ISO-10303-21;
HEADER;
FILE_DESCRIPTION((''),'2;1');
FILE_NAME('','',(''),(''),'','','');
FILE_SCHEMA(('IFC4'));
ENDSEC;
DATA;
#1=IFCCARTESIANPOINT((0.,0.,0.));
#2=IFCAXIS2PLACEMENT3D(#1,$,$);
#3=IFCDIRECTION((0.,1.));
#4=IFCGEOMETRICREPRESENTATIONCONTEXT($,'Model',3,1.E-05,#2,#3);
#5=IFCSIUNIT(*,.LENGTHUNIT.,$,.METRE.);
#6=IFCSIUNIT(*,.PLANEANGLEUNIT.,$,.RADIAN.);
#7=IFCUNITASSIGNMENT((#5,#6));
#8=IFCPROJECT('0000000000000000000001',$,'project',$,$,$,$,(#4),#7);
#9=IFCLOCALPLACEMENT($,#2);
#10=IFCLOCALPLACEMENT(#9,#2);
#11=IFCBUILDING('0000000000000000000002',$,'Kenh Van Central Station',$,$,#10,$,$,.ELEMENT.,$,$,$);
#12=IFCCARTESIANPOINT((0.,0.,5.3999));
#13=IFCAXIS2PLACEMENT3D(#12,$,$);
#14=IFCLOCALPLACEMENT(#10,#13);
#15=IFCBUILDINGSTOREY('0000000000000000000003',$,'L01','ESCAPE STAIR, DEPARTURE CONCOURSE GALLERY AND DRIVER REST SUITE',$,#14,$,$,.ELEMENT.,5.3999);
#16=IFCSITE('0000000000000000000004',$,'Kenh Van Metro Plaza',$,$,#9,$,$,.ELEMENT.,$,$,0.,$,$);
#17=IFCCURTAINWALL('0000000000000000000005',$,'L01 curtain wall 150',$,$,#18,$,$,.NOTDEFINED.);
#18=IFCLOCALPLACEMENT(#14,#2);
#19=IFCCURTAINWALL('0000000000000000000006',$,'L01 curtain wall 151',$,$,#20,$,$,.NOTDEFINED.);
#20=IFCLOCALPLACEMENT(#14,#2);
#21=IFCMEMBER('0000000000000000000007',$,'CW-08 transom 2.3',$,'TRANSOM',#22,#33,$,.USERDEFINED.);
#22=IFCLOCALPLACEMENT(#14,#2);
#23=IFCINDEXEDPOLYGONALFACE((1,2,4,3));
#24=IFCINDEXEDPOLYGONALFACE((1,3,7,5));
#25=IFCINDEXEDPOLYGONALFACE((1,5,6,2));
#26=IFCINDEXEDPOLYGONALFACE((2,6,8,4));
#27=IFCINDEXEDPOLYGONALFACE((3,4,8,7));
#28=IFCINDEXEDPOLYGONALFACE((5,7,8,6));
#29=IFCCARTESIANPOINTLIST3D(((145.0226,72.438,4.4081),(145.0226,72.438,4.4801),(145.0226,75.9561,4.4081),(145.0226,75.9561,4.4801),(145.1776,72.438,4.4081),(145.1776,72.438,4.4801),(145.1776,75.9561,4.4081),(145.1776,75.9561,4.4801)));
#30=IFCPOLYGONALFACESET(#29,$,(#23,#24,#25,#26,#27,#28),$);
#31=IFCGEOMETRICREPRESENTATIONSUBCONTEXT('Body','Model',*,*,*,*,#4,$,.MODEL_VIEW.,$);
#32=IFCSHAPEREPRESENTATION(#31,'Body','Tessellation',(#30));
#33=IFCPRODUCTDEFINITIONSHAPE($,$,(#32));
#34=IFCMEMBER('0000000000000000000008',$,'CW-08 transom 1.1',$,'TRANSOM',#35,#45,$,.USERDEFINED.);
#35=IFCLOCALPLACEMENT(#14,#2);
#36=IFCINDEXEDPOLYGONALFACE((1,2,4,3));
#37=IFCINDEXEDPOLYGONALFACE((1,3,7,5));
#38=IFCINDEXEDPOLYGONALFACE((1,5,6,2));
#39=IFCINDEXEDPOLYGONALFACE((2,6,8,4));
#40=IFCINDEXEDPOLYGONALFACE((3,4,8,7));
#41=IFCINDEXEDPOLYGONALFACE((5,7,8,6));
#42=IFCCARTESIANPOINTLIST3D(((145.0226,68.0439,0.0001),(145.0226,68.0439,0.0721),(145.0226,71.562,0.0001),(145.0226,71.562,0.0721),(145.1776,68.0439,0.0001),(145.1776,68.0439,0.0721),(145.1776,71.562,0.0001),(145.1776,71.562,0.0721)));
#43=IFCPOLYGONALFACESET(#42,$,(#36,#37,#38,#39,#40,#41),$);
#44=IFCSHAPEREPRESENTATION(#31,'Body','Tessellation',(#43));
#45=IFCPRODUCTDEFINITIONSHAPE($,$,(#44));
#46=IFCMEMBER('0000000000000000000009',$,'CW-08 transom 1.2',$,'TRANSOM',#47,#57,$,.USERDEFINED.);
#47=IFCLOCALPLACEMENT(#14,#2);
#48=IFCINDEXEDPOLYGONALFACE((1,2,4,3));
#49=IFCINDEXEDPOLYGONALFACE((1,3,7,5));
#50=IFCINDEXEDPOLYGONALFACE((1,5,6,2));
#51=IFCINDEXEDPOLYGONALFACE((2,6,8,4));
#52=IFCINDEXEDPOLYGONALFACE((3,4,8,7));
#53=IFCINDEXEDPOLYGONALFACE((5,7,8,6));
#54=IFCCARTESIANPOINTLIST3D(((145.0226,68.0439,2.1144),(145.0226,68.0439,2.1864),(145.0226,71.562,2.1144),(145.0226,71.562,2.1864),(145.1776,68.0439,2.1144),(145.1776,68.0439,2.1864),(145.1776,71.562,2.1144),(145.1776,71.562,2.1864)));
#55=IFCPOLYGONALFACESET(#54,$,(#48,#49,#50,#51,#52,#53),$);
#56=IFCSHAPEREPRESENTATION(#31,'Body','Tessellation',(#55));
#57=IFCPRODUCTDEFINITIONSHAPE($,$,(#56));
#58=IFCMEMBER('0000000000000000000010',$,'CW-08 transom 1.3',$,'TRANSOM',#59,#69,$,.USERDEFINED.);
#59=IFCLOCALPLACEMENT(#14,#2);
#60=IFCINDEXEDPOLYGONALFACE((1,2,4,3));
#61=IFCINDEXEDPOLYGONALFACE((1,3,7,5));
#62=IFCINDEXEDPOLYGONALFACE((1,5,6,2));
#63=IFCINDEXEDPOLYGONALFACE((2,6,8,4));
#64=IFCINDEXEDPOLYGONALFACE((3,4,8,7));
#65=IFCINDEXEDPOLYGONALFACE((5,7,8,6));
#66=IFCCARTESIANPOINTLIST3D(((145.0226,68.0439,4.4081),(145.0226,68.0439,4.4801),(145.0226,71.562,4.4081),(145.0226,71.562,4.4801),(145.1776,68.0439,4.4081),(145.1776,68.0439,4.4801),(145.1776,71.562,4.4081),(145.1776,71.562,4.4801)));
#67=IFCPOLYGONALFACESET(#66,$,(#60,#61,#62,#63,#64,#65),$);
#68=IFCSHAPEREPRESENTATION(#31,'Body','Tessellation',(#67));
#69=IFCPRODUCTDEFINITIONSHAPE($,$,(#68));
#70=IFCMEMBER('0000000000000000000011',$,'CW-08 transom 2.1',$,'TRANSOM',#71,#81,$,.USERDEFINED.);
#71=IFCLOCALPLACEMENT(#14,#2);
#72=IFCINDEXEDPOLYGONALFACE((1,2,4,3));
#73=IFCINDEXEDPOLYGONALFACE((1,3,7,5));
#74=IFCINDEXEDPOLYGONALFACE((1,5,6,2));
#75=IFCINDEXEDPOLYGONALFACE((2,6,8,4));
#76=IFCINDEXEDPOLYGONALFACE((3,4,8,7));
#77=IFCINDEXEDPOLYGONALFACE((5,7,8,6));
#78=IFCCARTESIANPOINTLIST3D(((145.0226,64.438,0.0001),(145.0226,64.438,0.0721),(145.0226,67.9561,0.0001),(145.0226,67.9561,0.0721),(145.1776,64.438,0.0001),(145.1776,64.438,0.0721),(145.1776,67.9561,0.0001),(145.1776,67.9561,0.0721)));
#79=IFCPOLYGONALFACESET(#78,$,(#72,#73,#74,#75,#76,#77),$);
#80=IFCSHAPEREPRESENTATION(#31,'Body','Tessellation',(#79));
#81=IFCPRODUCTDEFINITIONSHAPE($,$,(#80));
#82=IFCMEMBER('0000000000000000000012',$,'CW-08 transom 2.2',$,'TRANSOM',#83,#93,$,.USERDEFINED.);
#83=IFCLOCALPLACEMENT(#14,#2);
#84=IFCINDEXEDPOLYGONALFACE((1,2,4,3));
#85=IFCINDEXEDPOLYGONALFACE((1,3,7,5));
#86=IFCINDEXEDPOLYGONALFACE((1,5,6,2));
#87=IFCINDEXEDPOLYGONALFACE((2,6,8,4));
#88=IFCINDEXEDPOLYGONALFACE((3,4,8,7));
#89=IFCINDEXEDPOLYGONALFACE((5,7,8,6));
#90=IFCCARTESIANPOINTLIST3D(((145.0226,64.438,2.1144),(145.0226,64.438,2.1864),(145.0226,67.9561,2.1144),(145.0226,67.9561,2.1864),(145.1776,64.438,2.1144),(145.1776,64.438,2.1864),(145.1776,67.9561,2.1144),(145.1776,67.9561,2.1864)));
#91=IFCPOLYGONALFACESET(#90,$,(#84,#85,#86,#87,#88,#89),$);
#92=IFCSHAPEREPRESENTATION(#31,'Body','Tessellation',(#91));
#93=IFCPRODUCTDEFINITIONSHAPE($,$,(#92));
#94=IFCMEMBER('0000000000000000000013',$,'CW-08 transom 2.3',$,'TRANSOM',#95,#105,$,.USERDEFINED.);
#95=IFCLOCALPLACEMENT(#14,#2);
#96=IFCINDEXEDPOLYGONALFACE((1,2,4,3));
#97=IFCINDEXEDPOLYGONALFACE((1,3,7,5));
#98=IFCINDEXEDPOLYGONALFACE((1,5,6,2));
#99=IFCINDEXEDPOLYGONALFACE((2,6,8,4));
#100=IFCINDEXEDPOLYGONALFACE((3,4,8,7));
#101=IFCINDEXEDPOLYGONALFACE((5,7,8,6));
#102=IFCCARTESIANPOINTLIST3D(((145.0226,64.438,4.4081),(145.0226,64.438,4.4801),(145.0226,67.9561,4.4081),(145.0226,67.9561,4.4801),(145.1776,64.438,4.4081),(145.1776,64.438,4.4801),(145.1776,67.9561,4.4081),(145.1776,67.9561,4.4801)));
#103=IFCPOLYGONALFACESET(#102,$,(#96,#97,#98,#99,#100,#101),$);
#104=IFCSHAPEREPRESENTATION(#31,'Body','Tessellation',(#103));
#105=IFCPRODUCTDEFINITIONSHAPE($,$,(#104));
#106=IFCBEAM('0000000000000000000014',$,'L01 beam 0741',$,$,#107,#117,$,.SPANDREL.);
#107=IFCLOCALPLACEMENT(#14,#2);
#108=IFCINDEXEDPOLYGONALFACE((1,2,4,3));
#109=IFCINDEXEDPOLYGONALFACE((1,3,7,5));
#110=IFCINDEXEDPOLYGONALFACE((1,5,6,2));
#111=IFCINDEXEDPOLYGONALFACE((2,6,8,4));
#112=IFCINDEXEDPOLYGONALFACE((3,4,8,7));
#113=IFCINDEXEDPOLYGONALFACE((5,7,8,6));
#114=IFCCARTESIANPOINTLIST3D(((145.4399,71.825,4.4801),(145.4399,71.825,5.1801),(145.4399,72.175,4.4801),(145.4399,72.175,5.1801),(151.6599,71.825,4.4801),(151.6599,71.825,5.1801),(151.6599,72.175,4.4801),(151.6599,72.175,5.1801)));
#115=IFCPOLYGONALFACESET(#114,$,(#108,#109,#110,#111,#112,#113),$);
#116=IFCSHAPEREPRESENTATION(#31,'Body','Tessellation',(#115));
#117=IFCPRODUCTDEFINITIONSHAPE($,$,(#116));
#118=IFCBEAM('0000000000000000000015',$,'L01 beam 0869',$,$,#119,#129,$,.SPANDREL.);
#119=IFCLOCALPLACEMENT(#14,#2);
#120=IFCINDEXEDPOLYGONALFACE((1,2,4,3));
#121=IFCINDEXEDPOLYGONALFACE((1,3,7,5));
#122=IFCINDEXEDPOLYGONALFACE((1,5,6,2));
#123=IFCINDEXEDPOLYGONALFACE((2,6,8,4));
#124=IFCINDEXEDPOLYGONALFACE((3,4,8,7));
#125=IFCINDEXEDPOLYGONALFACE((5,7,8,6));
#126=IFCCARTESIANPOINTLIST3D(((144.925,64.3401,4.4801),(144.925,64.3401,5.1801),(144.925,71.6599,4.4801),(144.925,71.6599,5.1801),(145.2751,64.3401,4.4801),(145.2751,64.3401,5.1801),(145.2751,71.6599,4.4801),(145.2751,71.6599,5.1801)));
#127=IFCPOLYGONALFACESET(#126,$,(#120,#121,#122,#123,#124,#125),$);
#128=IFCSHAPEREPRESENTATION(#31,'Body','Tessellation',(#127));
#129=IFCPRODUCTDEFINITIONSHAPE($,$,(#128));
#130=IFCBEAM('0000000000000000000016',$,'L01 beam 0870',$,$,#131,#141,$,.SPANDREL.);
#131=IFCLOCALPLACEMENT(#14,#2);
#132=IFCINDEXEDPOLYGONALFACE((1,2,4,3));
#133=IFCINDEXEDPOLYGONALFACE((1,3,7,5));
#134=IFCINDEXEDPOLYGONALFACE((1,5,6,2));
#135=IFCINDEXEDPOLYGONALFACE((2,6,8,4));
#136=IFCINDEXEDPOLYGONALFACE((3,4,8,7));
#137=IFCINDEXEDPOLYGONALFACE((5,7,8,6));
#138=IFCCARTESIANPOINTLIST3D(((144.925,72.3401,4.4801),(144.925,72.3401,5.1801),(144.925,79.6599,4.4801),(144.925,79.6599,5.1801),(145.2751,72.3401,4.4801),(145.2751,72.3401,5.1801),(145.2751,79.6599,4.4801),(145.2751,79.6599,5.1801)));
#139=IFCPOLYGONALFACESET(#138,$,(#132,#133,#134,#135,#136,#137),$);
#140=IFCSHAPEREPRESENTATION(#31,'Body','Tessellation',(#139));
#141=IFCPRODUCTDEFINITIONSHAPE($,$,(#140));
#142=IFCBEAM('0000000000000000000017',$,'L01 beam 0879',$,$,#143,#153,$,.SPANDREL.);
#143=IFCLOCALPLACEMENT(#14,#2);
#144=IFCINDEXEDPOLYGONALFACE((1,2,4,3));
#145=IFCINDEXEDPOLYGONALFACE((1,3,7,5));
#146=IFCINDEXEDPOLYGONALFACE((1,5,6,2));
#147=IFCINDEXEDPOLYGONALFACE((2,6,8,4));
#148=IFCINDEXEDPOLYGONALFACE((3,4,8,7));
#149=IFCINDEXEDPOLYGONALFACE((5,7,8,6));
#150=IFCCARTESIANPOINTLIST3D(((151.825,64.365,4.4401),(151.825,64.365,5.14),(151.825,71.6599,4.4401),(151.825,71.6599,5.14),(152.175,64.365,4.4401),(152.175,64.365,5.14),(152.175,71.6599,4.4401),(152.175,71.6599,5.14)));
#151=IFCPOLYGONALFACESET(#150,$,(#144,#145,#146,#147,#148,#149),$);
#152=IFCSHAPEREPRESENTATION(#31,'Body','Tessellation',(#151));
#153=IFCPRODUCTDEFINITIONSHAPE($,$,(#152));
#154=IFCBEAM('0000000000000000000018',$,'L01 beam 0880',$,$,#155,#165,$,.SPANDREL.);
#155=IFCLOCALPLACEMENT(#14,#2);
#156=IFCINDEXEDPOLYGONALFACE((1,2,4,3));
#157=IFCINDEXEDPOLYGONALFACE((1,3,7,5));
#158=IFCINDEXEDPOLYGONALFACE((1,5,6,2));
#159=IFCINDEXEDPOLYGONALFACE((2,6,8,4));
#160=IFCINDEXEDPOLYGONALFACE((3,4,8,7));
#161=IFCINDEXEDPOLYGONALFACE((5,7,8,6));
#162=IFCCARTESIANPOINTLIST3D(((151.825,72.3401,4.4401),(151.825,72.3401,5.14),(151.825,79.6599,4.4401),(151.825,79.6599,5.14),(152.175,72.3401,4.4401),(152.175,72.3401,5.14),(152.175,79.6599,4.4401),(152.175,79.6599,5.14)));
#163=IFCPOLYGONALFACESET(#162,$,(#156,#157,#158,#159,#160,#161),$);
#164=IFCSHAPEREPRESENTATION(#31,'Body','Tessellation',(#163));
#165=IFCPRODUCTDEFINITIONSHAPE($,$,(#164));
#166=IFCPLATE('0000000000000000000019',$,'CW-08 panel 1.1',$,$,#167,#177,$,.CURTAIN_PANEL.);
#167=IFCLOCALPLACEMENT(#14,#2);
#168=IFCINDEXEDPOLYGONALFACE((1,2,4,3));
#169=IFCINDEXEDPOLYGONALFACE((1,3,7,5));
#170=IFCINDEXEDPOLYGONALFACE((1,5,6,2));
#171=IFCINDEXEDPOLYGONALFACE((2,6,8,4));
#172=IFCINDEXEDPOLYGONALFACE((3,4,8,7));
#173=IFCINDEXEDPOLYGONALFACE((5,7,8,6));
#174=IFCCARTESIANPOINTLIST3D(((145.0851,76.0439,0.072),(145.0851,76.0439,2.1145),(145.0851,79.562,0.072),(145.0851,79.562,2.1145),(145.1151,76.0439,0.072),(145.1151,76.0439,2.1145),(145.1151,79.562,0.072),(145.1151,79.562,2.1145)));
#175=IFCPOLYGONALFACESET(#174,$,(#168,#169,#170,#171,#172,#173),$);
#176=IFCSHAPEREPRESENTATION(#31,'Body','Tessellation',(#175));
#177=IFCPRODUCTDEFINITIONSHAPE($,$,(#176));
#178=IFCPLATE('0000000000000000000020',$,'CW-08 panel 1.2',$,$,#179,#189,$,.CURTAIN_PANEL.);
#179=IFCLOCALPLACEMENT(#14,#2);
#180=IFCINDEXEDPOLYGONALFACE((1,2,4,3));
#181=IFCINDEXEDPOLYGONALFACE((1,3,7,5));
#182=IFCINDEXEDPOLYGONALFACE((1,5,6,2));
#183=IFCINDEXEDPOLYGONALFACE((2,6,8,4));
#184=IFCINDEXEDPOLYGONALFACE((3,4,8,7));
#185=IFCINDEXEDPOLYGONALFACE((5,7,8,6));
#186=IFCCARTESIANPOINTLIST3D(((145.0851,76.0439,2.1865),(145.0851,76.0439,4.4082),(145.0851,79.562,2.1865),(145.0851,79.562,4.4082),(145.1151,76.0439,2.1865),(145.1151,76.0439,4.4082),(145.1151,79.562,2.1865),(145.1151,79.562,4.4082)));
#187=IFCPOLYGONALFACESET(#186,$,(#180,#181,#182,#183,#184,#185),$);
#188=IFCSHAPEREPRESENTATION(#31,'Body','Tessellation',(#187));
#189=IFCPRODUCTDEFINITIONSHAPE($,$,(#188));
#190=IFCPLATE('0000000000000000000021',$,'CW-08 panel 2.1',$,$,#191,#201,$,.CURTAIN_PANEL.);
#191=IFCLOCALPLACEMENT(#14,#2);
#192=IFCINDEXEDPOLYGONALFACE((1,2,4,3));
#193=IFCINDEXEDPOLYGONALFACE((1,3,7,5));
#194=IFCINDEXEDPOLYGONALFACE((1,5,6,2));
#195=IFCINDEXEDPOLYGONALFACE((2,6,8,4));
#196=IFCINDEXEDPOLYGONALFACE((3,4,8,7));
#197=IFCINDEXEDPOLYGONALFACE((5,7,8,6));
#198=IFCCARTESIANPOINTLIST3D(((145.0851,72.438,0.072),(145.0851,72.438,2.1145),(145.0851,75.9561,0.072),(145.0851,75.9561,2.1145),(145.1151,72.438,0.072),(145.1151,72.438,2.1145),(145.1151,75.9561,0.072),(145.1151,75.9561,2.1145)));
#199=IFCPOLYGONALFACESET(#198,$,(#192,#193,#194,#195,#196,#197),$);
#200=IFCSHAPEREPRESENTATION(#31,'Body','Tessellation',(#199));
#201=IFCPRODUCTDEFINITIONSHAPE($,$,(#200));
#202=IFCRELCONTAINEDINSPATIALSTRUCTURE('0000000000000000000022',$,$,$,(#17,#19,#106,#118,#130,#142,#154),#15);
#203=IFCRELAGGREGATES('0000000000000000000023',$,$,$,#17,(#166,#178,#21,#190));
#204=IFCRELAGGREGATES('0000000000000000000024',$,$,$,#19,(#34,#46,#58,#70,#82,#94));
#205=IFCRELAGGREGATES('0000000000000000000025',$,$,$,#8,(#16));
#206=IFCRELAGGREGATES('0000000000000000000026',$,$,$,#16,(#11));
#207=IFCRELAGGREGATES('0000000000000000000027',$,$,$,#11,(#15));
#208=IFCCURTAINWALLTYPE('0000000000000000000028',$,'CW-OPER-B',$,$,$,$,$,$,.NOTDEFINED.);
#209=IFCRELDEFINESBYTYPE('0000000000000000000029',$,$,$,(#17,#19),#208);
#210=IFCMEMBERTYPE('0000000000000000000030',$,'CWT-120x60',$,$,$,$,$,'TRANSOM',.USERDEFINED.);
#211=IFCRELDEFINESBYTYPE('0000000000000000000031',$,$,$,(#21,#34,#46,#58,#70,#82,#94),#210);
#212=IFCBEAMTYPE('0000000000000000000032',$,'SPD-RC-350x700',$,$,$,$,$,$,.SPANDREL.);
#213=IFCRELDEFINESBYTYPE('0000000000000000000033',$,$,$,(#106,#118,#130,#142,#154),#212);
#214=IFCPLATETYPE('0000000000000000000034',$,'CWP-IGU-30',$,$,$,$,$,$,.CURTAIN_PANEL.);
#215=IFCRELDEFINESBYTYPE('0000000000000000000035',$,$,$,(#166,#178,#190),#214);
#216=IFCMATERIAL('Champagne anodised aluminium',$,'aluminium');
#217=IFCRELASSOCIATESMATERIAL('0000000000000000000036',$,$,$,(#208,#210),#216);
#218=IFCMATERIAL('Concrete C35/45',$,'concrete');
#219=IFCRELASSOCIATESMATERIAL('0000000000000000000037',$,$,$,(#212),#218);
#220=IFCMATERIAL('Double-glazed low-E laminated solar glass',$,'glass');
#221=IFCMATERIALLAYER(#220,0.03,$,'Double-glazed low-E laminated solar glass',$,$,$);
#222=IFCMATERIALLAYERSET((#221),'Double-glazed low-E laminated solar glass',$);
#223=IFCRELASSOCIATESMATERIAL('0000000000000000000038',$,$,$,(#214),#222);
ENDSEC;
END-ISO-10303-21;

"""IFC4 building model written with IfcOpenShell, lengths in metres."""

from ifc_helpers import new_model, si_unit, direction, frame, origin, origin_2d, place, context, subcontext, project, spatial, rectangle, extrude, material, layer, layer_set, material_profile, profile_set, type_object, element, aggregate, save


model = new_model("IFC4")

# Units and contexts
model_context = context("Model", 3, precision=1e-05, world=origin(), true_north=direction((0.0, 1.0)))
body_context = subcontext(model_context, "Body", "Model", "MODEL_VIEW")
ifc_project = project(units=[si_unit("LENGTHUNIT", "METRE"), si_unit("PLANEANGLEUNIT", "RADIAN")], contexts=[model_context])

# Site, building, storey
site_placement = place(None, origin())
site = spatial("IfcSite", under=ifc_project, at=site_placement, Name="Kenh Van Metro Plaza", CompositionType="ELEMENT", RefElevation=0.0)
building_placement = place(site_placement, origin())
building = spatial("IfcBuilding", under=site, at=building_placement, Name="Kenh Van Central Station", CompositionType="ELEMENT")
storey_placement = place(building_placement, frame((0.0, 0.0, 5.3999)))
storey = spatial("IfcBuildingStorey", under=building, at=storey_placement, Name="L01", Description="ESCAPE STAIR, DEPARTURE CONCOURSE GALLERY AND DRIVER REST SUITE", CompositionType="ELEMENT", Elevation=5.3999)

# Shared definitions
ifc_material_1 = material(Name="Concrete C35/45", Category="concrete")

# Curtain walls
ifc_material_2 = material(Name="Champagne anodised aluminium", Category="aluminium")
curtain_wall_type = type_object("IfcCurtainWallType", Name="CW-OPER-B", PredefinedType="NOTDEFINED", material=ifc_material_2)
curtain_wall_1_placement = place(storey_placement, origin())
curtain_wall_1 = element("IfcCurtainWall", 1, at=curtain_wall_1_placement, inside=storey, type_object=curtain_wall_type, Name="L01 curtain wall 150", PredefinedType="NOTDEFINED")
curtain_wall_2_placement = place(storey_placement, origin())
curtain_wall_2 = element("IfcCurtainWall", 2, at=curtain_wall_2_placement, inside=storey, type_object=curtain_wall_type, Name="L01 curtain wall 151", PredefinedType="NOTDEFINED")

# Members
ifc_material_profile_1 = material_profile(ifc_material_2, rectangle(XDim=0.155, YDim=0.072, at=origin_2d()), Name="AL 155x72")
ifc_profile_set_1 = profile_set([ifc_material_profile_1], Name="Champagne anodised aluminium")
member_type_1 = type_object("IfcMemberType", Name="CWT-120x60", ElementType="TRANSOM", PredefinedType="USERDEFINED", material=ifc_profile_set_1)
member_1_placement = place(storey_placement, frame((145.1001, 75.9561, 4.4441), z_axis=(0.0, -1.0, 0.0), x_axis=(1.0, 0.0, 0.0)))
member_1 = element("IfcMember", 3, at=member_1_placement, type_object=member_type_1, Name="CW-08 transom 2.3", ObjectType="TRANSOM", PredefinedType="USERDEFINED", context=body_context, shape_type="SweptSolid", body=[
    extrude(rectangle(XDim=0.155, YDim=0.072, at=origin_2d()), origin(), (0.0, 0.0, 1.0), 3.5181),
])
member_2_placement = place(storey_placement, frame((145.1001, 71.562, 0.0361), z_axis=(0.0, -1.0, 0.0), x_axis=(1.0, 0.0, 0.0)))
member_2 = element("IfcMember", 4, at=member_2_placement, type_object=member_type_1, Name="CW-08 transom 1.1", ObjectType="TRANSOM", PredefinedType="USERDEFINED", context=body_context, shape_type="SweptSolid", body=[
    extrude(rectangle(XDim=0.155, YDim=0.072, at=origin_2d()), origin(), (0.0, 0.0, 1.0), 3.5181),
])
member_3_placement = place(storey_placement, frame((145.1001, 71.562, 2.1504), z_axis=(0.0, -1.0, 0.0), x_axis=(1.0, 0.0, 0.0)))
member_3 = element("IfcMember", 5, at=member_3_placement, type_object=member_type_1, Name="CW-08 transom 1.2", ObjectType="TRANSOM", PredefinedType="USERDEFINED", context=body_context, shape_type="SweptSolid", body=[
    extrude(rectangle(XDim=0.155, YDim=0.072, at=origin_2d()), origin(), (0.0, 0.0, 1.0), 3.5181),
])
member_4_placement = place(storey_placement, frame((145.1001, 71.562, 4.4441), z_axis=(0.0, -1.0, 0.0), x_axis=(1.0, 0.0, 0.0)))
member_4 = element("IfcMember", 6, at=member_4_placement, type_object=member_type_1, Name="CW-08 transom 1.3", ObjectType="TRANSOM", PredefinedType="USERDEFINED", context=body_context, shape_type="SweptSolid", body=[
    extrude(rectangle(XDim=0.155, YDim=0.072, at=origin_2d()), origin(), (0.0, 0.0, 1.0), 3.5181),
])
member_5_placement = place(storey_placement, frame((145.1001, 67.9561, 0.0361), z_axis=(0.0, -1.0, 0.0), x_axis=(1.0, 0.0, 0.0)))
member_5 = element("IfcMember", 7, at=member_5_placement, type_object=member_type_1, Name="CW-08 transom 2.1", ObjectType="TRANSOM", PredefinedType="USERDEFINED", context=body_context, shape_type="SweptSolid", body=[
    extrude(rectangle(XDim=0.155, YDim=0.072, at=origin_2d()), origin(), (0.0, 0.0, 1.0), 3.5181),
])
member_6_placement = place(storey_placement, frame((145.1001, 67.9561, 2.1504), z_axis=(0.0, -1.0, 0.0), x_axis=(1.0, 0.0, 0.0)))
member_6 = element("IfcMember", 8, at=member_6_placement, type_object=member_type_1, Name="CW-08 transom 2.2", ObjectType="TRANSOM", PredefinedType="USERDEFINED", context=body_context, shape_type="SweptSolid", body=[
    extrude(rectangle(XDim=0.155, YDim=0.072, at=origin_2d()), origin(), (0.0, 0.0, 1.0), 3.5181),
])
member_7_placement = place(storey_placement, frame((145.1001, 67.9561, 4.4441), z_axis=(0.0, -1.0, 0.0), x_axis=(1.0, 0.0, 0.0)))
member_7 = element("IfcMember", 9, at=member_7_placement, type_object=member_type_1, Name="CW-08 transom 2.3", ObjectType="TRANSOM", PredefinedType="USERDEFINED", context=body_context, shape_type="SweptSolid", body=[
    extrude(rectangle(XDim=0.155, YDim=0.072, at=origin_2d()), origin(), (0.0, 0.0, 1.0), 3.5181),
])

# Beams
ifc_material_profile_2 = material_profile(ifc_material_1, rectangle(XDim=0.3501, YDim=0.7, at=origin_2d()), Name="RC 350x700")
ifc_profile_set_2 = profile_set([ifc_material_profile_2], Name="Concrete C35/45")
beam_type_1 = type_object("IfcBeamType", Name="SPD-RC-350x700", PredefinedType="SPANDREL", material=ifc_profile_set_2)
beam_1_placement = place(storey_placement, frame((145.4399, 72.0, 4.8301), z_axis=(1.0, 0.0, 0.0), x_axis=(0.0, 1.0, 0.0)))
element("IfcBeam", 10, at=beam_1_placement, inside=storey, type_object=beam_type_1, Name="L01 beam 0741", PredefinedType="SPANDREL", context=body_context, shape_type="SweptSolid", body=[
    extrude(rectangle(XDim=0.3501, YDim=0.7, at=origin_2d()), origin(), (0.0, 0.0, 1.0), 6.22),
])
for number, where, z_axis, x_axis, name in (
    (11, (145.1001, 64.3401, 4.8301), (0.0, 1.0, 0.0), (-1.0, 0.0, 0.0), "L01 beam 0869"),
    (12, (145.1001, 72.3401, 4.8301), (0.0, 1.0, 0.0), (-1.0, 0.0, 0.0), "L01 beam 0870"),
):
    element("IfcBeam", number, at=place(storey_placement, frame(where, z_axis=z_axis, x_axis=x_axis)), inside=storey, type_object=beam_type_1, Name=name, PredefinedType="SPANDREL", context=body_context, shape_type="SweptSolid", body=[
        extrude(rectangle(XDim=0.3501, YDim=0.7, at=origin_2d()), origin(), (0.0, 0.0, 1.0), 7.3198),
    ])
beam_2_placement = place(storey_placement, frame((152.0, 64.365, 4.79), z_axis=(0.0, 1.0, 0.0), x_axis=(-1.0, 0.0, 0.0)))
element("IfcBeam", 13, at=beam_2_placement, inside=storey, type_object=beam_type_1, Name="L01 beam 0879", PredefinedType="SPANDREL", context=body_context, shape_type="SweptSolid", body=[
    extrude(rectangle(XDim=0.3501, YDim=0.7, at=origin_2d()), origin(), (0.0, 0.0, 1.0), 7.2949),
])
beam_3_placement = place(storey_placement, frame((152.0, 72.3401, 4.79), z_axis=(0.0, 1.0, 0.0), x_axis=(-1.0, 0.0, 0.0)))
element("IfcBeam", 14, at=beam_3_placement, inside=storey, type_object=beam_type_1, Name="L01 beam 0880", PredefinedType="SPANDREL", context=body_context, shape_type="SweptSolid", body=[
    extrude(rectangle(XDim=0.3501, YDim=0.7, at=origin_2d()), origin(), (0.0, 0.0, 1.0), 7.3198),
])

# Plates
ifc_material_3 = material(Name="Double-glazed low-E laminated solar glass", Category="glass")
ifc_layer_1 = layer(ifc_material_3, 0.03, Name="Double-glazed low-E laminated solar glass")
ifc_layer_set_1 = layer_set([ifc_layer_1], Name="Double-glazed low-E laminated solar glass")
plate_type = type_object("IfcPlateType", Name="CWP-IGU-30", PredefinedType="CURTAIN_PANEL", material=ifc_layer_set_1)
plate_1_placement = place(storey_placement, frame((145.1001, 77.803, 0.072), z_axis=(0.0, 0.0, 1.0), x_axis=(0.0, -1.0, 0.0)))
plate_1 = element("IfcPlate", 15, at=plate_1_placement, type_object=plate_type, Name="CW-08 panel 1.1", PredefinedType="CURTAIN_PANEL", context=body_context, shape_type="SweptSolid", body=[
    extrude(rectangle(XDim=3.5181, YDim=0.03, at=origin_2d()), origin(), (0.0, 0.0, 1.0), 2.0425),
])
plate_2_placement = place(storey_placement, frame((145.1001, 77.803, 2.1865), z_axis=(0.0, 0.0, 1.0), x_axis=(0.0, -1.0, 0.0)))
plate_2 = element("IfcPlate", 16, at=plate_2_placement, type_object=plate_type, Name="CW-08 panel 1.2", PredefinedType="CURTAIN_PANEL", context=body_context, shape_type="SweptSolid", body=[
    extrude(rectangle(XDim=3.5181, YDim=0.03, at=origin_2d()), origin(), (0.0, 0.0, 1.0), 2.2217),
])
plate_3_placement = place(storey_placement, frame((145.1001, 74.197, 0.072), z_axis=(0.0, 0.0, 1.0), x_axis=(0.0, -1.0, 0.0)))
plate_3 = element("IfcPlate", 17, at=plate_3_placement, type_object=plate_type, Name="CW-08 panel 2.1", PredefinedType="CURTAIN_PANEL", context=body_context, shape_type="SweptSolid", body=[
    extrude(rectangle(XDim=3.5181, YDim=0.03, at=origin_2d()), origin(), (0.0, 0.0, 1.0), 2.0425),
])
aggregate(curtain_wall_1, [plate_1, plate_2, member_1, plate_3])
aggregate(curtain_wall_2, [member_2, member_3, member_4, member_5, member_6, member_7])

save(model, "model.ifc")
